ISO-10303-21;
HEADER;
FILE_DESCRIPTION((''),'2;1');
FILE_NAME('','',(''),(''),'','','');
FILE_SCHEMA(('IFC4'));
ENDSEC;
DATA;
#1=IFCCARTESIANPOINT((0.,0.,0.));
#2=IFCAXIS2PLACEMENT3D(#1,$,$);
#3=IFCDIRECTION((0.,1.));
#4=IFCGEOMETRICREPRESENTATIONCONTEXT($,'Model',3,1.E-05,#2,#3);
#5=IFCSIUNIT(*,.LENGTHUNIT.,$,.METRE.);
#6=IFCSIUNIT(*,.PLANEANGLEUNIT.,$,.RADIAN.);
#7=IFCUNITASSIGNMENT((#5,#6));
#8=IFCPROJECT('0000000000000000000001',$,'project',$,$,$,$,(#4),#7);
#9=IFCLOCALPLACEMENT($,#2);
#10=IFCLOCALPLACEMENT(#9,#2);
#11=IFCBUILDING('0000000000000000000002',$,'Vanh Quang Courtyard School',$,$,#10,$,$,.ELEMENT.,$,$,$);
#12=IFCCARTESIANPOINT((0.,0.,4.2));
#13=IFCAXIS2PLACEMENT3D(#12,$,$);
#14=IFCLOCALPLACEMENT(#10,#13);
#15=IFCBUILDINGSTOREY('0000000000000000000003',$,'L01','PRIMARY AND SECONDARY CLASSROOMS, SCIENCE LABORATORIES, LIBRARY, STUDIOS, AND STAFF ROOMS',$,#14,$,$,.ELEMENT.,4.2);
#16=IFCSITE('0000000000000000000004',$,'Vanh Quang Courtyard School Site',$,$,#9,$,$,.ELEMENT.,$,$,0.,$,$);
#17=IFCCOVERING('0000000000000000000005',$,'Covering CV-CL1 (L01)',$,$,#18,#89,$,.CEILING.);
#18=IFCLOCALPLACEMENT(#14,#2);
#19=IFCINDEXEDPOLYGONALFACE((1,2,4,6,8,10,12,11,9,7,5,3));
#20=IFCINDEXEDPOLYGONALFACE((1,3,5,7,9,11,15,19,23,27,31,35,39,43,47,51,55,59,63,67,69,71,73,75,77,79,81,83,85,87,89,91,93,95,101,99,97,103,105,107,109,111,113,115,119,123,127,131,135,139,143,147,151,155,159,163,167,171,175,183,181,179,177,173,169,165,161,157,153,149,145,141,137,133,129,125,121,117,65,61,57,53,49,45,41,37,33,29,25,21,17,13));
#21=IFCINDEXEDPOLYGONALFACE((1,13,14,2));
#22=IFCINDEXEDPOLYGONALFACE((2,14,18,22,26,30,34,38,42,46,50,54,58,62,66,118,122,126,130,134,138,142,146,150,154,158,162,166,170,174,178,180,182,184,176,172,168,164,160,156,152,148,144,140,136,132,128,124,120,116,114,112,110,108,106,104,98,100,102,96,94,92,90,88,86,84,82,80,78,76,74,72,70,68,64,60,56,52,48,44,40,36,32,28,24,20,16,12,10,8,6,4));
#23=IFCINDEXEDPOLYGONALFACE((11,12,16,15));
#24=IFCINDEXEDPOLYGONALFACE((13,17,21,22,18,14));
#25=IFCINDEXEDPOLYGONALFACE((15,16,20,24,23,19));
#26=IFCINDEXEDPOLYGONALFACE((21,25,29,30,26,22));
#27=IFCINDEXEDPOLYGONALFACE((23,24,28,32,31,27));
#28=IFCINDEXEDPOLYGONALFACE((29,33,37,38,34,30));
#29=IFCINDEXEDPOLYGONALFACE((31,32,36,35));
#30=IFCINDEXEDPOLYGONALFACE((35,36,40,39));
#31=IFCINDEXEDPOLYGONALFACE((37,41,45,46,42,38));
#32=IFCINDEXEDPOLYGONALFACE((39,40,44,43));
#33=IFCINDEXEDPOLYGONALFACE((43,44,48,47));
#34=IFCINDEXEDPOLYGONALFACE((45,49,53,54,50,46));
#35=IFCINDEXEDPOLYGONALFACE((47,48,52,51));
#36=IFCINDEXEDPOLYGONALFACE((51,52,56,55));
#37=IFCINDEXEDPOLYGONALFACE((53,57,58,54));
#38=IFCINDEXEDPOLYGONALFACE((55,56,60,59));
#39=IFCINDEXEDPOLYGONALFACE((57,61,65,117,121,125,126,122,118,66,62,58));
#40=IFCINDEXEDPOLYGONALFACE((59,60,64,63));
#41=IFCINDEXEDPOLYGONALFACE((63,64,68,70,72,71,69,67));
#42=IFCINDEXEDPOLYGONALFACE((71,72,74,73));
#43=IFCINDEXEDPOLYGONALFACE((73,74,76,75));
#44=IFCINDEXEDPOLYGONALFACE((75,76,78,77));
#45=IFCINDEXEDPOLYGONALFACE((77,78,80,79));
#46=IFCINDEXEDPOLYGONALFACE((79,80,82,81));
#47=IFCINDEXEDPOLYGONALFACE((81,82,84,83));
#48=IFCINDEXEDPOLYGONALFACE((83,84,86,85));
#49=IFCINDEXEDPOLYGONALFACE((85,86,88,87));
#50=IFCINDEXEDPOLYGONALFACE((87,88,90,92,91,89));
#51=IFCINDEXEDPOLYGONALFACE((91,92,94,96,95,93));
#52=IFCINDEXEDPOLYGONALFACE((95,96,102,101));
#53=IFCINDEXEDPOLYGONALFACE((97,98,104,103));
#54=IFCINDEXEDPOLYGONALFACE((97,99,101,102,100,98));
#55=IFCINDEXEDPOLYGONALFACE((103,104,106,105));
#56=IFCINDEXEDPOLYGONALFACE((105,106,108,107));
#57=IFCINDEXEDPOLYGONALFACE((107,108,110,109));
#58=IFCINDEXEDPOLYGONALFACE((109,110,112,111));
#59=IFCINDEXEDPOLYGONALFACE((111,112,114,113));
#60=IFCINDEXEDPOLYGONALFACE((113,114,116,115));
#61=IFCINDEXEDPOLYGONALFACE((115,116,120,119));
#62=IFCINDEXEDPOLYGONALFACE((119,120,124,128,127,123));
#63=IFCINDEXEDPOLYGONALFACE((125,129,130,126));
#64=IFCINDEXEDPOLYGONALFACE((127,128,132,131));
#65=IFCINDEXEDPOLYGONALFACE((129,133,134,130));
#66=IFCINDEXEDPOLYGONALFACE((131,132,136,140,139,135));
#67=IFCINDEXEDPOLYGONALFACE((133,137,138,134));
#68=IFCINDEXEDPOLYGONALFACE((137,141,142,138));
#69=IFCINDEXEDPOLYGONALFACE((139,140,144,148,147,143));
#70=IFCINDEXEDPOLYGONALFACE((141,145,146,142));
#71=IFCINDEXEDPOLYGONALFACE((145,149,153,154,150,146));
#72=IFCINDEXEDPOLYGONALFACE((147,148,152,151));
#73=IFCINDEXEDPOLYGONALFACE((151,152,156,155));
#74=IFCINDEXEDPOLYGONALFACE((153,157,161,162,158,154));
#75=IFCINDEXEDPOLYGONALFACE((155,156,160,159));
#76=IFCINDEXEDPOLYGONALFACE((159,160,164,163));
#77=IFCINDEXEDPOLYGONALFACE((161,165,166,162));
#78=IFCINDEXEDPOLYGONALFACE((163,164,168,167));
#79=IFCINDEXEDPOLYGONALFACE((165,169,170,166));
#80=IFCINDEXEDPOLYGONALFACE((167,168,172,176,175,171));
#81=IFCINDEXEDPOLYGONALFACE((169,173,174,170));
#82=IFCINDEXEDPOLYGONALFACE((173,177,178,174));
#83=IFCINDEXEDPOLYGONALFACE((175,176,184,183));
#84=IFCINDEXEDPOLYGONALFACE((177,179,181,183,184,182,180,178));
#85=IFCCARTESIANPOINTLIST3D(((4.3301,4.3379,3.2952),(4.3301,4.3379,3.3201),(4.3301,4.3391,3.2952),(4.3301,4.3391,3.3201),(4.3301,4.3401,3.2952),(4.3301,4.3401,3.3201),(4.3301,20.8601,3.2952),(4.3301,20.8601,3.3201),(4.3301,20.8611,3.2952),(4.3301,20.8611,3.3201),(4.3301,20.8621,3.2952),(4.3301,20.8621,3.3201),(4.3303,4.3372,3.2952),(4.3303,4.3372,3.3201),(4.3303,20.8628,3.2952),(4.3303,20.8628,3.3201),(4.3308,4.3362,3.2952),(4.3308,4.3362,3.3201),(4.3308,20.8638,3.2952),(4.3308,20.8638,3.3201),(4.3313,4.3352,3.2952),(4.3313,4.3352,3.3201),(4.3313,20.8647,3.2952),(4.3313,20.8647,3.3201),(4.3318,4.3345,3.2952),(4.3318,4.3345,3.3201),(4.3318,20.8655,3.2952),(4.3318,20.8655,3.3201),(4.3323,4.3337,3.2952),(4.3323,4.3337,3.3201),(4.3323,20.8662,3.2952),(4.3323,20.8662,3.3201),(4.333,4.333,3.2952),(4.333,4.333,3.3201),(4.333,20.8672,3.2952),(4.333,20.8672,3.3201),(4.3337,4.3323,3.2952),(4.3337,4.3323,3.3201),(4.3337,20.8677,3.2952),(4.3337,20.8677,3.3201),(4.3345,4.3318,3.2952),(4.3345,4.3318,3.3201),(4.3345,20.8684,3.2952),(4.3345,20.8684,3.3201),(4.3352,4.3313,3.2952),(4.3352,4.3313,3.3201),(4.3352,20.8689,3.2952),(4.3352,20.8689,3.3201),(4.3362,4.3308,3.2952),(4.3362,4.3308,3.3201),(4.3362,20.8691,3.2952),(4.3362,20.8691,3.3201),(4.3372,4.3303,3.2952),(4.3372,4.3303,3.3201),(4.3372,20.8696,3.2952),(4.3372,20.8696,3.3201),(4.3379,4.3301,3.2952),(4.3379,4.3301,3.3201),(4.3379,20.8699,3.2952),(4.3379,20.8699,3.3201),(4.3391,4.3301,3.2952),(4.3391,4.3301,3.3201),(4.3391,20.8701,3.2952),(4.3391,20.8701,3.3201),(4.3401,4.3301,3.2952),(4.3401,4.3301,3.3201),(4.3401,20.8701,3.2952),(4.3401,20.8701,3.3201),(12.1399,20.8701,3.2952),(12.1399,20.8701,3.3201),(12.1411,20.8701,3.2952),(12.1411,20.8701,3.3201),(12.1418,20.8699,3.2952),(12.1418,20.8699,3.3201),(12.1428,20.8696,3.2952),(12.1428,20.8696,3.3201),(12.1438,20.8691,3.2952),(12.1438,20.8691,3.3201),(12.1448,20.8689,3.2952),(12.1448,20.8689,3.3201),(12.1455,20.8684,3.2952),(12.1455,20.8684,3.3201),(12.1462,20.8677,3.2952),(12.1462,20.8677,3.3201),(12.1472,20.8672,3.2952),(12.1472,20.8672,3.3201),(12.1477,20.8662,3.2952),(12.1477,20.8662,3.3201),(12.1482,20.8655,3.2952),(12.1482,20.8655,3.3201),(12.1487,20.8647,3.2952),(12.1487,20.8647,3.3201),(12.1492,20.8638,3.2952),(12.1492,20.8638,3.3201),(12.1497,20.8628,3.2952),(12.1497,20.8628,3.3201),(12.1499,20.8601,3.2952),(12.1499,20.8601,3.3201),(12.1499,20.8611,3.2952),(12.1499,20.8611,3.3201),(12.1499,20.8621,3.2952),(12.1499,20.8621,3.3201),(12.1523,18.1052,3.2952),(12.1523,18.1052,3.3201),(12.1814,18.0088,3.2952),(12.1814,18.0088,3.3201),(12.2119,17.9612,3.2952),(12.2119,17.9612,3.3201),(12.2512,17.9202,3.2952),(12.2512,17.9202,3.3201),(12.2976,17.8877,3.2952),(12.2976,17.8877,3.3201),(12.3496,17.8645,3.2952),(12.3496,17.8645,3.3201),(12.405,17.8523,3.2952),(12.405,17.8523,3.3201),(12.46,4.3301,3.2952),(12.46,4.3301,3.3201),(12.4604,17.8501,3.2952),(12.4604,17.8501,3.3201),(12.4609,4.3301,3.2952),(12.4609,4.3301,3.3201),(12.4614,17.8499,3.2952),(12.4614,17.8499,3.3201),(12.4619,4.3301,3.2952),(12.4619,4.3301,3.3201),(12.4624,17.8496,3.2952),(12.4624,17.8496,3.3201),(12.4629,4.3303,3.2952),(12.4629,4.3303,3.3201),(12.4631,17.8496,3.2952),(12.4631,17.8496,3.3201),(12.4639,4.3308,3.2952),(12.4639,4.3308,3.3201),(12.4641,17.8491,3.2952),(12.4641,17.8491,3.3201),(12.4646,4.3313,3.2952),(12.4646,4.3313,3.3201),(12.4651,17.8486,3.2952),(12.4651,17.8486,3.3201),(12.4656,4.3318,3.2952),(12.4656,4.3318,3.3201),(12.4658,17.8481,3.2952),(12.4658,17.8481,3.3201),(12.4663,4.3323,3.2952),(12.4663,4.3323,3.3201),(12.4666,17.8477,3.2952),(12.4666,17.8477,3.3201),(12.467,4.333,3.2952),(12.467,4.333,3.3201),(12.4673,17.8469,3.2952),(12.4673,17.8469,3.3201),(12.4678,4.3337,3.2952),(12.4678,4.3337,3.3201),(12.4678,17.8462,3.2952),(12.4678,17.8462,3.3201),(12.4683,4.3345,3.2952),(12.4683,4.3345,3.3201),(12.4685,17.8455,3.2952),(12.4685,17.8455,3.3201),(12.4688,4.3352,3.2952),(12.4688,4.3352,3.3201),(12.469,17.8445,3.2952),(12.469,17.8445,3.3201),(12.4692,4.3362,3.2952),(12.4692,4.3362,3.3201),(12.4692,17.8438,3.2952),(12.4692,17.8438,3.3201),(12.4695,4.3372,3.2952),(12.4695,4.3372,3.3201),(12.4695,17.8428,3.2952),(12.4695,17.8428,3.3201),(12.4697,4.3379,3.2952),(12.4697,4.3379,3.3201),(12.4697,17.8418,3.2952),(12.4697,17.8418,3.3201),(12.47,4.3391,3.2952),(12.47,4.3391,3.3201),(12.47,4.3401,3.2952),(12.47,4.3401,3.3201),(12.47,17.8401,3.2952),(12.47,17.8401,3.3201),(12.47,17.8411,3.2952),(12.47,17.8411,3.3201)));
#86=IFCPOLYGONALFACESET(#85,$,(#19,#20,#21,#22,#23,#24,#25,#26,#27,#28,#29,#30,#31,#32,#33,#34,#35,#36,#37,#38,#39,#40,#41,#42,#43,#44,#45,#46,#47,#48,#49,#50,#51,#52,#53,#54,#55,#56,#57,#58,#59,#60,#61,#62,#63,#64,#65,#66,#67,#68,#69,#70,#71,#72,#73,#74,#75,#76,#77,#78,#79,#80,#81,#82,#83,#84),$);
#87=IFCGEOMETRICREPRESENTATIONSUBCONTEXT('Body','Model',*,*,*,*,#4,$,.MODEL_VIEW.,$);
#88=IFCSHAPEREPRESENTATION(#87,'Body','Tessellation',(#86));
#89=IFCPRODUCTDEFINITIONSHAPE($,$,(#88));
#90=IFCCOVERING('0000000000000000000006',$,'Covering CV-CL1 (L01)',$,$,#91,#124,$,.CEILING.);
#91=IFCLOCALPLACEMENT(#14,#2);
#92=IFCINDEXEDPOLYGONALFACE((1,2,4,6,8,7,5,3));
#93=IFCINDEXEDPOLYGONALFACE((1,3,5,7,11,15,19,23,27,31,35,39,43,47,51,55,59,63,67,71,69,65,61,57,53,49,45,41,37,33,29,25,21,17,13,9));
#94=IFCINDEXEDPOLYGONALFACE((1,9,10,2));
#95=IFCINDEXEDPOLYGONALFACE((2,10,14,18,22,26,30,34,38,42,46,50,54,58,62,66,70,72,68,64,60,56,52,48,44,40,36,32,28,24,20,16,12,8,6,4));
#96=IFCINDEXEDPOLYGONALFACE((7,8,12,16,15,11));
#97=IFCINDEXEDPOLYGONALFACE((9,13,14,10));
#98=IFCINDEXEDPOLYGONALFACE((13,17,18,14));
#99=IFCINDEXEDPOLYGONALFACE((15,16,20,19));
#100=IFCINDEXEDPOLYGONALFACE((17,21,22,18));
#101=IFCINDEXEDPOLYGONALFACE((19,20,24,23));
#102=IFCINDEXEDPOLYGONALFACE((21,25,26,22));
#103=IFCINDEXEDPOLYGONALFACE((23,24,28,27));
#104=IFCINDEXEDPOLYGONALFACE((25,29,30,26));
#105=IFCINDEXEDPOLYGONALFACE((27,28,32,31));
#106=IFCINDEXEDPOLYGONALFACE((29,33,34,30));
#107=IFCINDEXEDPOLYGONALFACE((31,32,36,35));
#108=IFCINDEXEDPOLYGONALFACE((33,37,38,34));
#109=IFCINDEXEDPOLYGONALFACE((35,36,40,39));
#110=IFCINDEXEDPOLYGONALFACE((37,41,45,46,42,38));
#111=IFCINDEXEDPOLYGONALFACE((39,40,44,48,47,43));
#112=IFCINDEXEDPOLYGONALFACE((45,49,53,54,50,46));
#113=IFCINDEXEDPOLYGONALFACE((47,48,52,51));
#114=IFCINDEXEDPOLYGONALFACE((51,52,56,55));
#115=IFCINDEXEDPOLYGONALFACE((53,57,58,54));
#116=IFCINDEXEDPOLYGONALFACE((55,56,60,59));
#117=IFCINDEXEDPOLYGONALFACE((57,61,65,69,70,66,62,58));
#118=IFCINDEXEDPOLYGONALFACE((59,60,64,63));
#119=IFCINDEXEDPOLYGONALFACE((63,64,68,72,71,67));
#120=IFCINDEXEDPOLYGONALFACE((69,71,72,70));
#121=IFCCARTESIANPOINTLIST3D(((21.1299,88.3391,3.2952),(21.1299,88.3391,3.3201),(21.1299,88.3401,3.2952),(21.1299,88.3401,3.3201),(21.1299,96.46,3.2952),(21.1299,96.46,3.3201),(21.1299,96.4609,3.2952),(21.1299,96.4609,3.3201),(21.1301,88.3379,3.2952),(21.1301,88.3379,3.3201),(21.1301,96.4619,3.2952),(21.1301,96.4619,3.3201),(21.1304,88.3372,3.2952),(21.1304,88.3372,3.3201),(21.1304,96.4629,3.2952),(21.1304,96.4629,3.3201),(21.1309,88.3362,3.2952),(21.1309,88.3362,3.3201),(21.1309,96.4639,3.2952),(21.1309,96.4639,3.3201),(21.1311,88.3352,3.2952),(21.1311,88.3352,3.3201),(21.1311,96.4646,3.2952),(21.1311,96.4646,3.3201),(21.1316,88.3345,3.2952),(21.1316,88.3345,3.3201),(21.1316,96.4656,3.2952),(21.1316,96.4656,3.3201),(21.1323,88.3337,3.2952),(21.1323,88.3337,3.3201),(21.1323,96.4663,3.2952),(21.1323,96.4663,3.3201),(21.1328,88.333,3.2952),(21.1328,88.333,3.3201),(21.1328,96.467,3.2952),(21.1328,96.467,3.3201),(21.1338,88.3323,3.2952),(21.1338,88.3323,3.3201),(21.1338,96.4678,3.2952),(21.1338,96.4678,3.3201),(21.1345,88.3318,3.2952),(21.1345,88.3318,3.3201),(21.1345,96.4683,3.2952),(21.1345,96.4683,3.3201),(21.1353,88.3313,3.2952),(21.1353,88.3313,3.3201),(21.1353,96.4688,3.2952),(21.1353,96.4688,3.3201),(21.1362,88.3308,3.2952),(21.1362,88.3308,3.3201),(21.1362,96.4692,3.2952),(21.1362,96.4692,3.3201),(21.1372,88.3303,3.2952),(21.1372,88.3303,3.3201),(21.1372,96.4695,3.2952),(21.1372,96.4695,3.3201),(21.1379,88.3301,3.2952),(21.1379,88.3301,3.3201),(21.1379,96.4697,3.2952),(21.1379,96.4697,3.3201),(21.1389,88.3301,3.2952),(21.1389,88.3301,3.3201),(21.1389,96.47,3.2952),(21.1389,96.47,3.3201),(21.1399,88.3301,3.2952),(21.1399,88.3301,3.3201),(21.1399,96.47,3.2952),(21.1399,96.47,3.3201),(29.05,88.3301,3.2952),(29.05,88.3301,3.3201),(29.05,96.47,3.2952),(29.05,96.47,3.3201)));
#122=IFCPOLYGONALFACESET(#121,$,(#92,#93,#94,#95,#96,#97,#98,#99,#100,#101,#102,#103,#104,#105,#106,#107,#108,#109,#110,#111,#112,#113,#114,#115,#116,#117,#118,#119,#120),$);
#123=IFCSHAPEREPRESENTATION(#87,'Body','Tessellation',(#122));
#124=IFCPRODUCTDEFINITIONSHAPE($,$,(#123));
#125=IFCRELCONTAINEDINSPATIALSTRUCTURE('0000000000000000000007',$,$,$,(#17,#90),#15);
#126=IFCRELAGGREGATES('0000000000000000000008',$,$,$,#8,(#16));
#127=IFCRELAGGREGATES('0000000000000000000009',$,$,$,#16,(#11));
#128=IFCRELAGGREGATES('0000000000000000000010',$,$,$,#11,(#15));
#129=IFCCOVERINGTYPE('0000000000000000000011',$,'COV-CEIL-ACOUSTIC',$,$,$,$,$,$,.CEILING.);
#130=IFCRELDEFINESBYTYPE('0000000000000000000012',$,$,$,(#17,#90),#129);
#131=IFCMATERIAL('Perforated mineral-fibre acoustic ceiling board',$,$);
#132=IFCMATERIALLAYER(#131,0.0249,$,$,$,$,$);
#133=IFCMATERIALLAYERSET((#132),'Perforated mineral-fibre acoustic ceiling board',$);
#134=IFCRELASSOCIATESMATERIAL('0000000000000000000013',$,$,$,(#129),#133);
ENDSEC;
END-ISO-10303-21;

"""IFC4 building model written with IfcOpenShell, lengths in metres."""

from ifc_helpers import new_model, si_unit, direction, frame, origin, place, context, subcontext, project, spatial, polyline, outline, extrude, material, layer, layer_set, type_object, element, save


model = new_model("IFC4")

# Units and contexts
model_context = context("Model", 3, precision=1e-05, world=origin(), true_north=direction((0.0, 1.0)))
body_context = subcontext(model_context, "Body", "Model", "MODEL_VIEW")
ifc_project = project(units=[si_unit("LENGTHUNIT", "METRE"), si_unit("PLANEANGLEUNIT", "RADIAN")], contexts=[model_context])

# Site, building, storey
site_placement = place(None, origin())
site = spatial("IfcSite", under=ifc_project, at=site_placement, Name="Vanh Quang Courtyard School Site", CompositionType="ELEMENT", RefElevation=0.0)
building_placement = place(site_placement, origin())
building = spatial("IfcBuilding", under=site, at=building_placement, Name="Vanh Quang Courtyard School", CompositionType="ELEMENT")
storey_placement = place(building_placement, frame((0.0, 0.0, 4.2)))
storey = spatial("IfcBuildingStorey", under=building, at=storey_placement, Name="L01", Description="PRIMARY AND SECONDARY CLASSROOMS, SCIENCE LABORATORIES, LIBRARY, STUDIOS, AND STAFF ROOMS", CompositionType="ELEMENT", Elevation=4.2)

# Coverings
ifc_material_1 = material(Name="Perforated mineral-fibre acoustic ceiling board")
ifc_layer_1 = layer(ifc_material_1, 0.0249)
ifc_layer_set_1 = layer_set([ifc_layer_1], Name="Perforated mineral-fibre acoustic ceiling board")
covering_type_1 = type_object("IfcCoveringType", Name="COV-CEIL-ACOUSTIC", PredefinedType="CEILING", material=ifc_layer_set_1)
covering_1_placement = place(storey_placement, frame((0.0, 0.0, 3.2952)))
element("IfcCovering", 1, at=covering_1_placement, inside=storey, type_object=covering_type_1, Name="Covering CV-CL1 (L01)", PredefinedType="CEILING", context=body_context, shape_type="SweptSolid", body=[
    extrude(outline(polyline([(4.3301, 20.8601), (4.3301, 20.8611), (4.3301, 20.8621), (4.3303, 20.8628), (4.3308, 20.8638), (4.3313, 20.8647), (4.3318, 20.8655), (4.3323, 20.8662), (4.333, 20.8672), (4.3337, 20.8677), (4.3345, 20.8684), (4.3352, 20.8689), (4.3362, 20.8691), (4.3372, 20.8696), (4.3379, 20.8699), (4.3391, 20.8701), (4.3401, 20.8701), (12.1399, 20.8701), (12.1411, 20.8701), (12.1418, 20.8699), (12.1428, 20.8696), (12.1438, 20.8691), (12.1448, 20.8689), (12.1455, 20.8684), (12.1462, 20.8677), (12.1472, 20.8672), (12.1477, 20.8662), (12.1482, 20.8655), (12.1487, 20.8647), (12.1492, 20.8638), (12.1497, 20.8628), (12.1499, 20.8621), (12.1499, 20.8611), (12.1499, 20.8601), (12.1523, 18.1052), (12.1814, 18.0088), (12.2119, 17.9612), (12.2512, 17.9202), (12.2976, 17.8877), (12.3496, 17.8645), (12.405, 17.8523), (12.4604, 17.8501), (12.4614, 17.8499), (12.4624, 17.8496), (12.4631, 17.8496), (12.4641, 17.8491), (12.4651, 17.8486), (12.4658, 17.8481), (12.4666, 17.8477), (12.4673, 17.8469), (12.4678, 17.8462), (12.4685, 17.8455), (12.469, 17.8445), (12.4692, 17.8438), (12.4695, 17.8428), (12.4697, 17.8418), (12.47, 17.8411), (12.47, 17.8401), (12.47, 4.3401), (12.47, 4.3391), (12.4697, 4.3379), (12.4695, 4.3372), (12.4692, 4.3362), (12.4688, 4.3352), (12.4683, 4.3345), (12.4678, 4.3337), (12.467, 4.333), (12.4663, 4.3323), (12.4656, 4.3318), (12.4646, 4.3313), (12.4639, 4.3308), (12.4629, 4.3303), (12.4619, 4.3301), (12.4609, 4.3301), (12.46, 4.3301), (4.3401, 4.3301), (4.3391, 4.3301), (4.3379, 4.3301), (4.3372, 4.3303), (4.3362, 4.3308), (4.3352, 4.3313), (4.3345, 4.3318), (4.3337, 4.3323), (4.333, 4.333), (4.3323, 4.3337), (4.3318, 4.3345), (4.3313, 4.3352), (4.3308, 4.3362), (4.3303, 4.3372), (4.3301, 4.3379), (4.3301, 4.3391), (4.3301, 4.3401), (4.3301, 20.8601)])), origin(), (0.0, 0.0, 1.0), 0.0249),
])
covering_2_placement = place(storey_placement, frame((0.0, 0.0, 3.2952)))
element("IfcCovering", 2, at=covering_2_placement, inside=storey, type_object=covering_type_1, Name="Covering CV-CL1 (L01)", PredefinedType="CEILING", context=body_context, shape_type="SweptSolid", body=[
    extrude(outline(polyline([(21.1299, 96.46), (21.1299, 96.4609), (21.1301, 96.4619), (21.1304, 96.4629), (21.1309, 96.4639), (21.1311, 96.4646), (21.1316, 96.4656), (21.1323, 96.4663), (21.1328, 96.467), (21.1338, 96.4678), (21.1345, 96.4683), (21.1353, 96.4688), (21.1362, 96.4692), (21.1372, 96.4695), (21.1379, 96.4697), (21.1389, 96.47), (21.1399, 96.47), (29.05, 96.47), (29.05, 88.3301), (21.1399, 88.3301), (21.1389, 88.3301), (21.1379, 88.3301), (21.1372, 88.3303), (21.1362, 88.3308), (21.1353, 88.3313), (21.1345, 88.3318), (21.1338, 88.3323), (21.1328, 88.333), (21.1323, 88.3337), (21.1316, 88.3345), (21.1311, 88.3352), (21.1309, 88.3362), (21.1304, 88.3372), (21.1301, 88.3379), (21.1299, 88.3391), (21.1299, 88.3401), (21.1299, 96.46)])), origin(), (0.0, 0.0, 1.0), 0.0249),
])

save(model, "model.ifc")
